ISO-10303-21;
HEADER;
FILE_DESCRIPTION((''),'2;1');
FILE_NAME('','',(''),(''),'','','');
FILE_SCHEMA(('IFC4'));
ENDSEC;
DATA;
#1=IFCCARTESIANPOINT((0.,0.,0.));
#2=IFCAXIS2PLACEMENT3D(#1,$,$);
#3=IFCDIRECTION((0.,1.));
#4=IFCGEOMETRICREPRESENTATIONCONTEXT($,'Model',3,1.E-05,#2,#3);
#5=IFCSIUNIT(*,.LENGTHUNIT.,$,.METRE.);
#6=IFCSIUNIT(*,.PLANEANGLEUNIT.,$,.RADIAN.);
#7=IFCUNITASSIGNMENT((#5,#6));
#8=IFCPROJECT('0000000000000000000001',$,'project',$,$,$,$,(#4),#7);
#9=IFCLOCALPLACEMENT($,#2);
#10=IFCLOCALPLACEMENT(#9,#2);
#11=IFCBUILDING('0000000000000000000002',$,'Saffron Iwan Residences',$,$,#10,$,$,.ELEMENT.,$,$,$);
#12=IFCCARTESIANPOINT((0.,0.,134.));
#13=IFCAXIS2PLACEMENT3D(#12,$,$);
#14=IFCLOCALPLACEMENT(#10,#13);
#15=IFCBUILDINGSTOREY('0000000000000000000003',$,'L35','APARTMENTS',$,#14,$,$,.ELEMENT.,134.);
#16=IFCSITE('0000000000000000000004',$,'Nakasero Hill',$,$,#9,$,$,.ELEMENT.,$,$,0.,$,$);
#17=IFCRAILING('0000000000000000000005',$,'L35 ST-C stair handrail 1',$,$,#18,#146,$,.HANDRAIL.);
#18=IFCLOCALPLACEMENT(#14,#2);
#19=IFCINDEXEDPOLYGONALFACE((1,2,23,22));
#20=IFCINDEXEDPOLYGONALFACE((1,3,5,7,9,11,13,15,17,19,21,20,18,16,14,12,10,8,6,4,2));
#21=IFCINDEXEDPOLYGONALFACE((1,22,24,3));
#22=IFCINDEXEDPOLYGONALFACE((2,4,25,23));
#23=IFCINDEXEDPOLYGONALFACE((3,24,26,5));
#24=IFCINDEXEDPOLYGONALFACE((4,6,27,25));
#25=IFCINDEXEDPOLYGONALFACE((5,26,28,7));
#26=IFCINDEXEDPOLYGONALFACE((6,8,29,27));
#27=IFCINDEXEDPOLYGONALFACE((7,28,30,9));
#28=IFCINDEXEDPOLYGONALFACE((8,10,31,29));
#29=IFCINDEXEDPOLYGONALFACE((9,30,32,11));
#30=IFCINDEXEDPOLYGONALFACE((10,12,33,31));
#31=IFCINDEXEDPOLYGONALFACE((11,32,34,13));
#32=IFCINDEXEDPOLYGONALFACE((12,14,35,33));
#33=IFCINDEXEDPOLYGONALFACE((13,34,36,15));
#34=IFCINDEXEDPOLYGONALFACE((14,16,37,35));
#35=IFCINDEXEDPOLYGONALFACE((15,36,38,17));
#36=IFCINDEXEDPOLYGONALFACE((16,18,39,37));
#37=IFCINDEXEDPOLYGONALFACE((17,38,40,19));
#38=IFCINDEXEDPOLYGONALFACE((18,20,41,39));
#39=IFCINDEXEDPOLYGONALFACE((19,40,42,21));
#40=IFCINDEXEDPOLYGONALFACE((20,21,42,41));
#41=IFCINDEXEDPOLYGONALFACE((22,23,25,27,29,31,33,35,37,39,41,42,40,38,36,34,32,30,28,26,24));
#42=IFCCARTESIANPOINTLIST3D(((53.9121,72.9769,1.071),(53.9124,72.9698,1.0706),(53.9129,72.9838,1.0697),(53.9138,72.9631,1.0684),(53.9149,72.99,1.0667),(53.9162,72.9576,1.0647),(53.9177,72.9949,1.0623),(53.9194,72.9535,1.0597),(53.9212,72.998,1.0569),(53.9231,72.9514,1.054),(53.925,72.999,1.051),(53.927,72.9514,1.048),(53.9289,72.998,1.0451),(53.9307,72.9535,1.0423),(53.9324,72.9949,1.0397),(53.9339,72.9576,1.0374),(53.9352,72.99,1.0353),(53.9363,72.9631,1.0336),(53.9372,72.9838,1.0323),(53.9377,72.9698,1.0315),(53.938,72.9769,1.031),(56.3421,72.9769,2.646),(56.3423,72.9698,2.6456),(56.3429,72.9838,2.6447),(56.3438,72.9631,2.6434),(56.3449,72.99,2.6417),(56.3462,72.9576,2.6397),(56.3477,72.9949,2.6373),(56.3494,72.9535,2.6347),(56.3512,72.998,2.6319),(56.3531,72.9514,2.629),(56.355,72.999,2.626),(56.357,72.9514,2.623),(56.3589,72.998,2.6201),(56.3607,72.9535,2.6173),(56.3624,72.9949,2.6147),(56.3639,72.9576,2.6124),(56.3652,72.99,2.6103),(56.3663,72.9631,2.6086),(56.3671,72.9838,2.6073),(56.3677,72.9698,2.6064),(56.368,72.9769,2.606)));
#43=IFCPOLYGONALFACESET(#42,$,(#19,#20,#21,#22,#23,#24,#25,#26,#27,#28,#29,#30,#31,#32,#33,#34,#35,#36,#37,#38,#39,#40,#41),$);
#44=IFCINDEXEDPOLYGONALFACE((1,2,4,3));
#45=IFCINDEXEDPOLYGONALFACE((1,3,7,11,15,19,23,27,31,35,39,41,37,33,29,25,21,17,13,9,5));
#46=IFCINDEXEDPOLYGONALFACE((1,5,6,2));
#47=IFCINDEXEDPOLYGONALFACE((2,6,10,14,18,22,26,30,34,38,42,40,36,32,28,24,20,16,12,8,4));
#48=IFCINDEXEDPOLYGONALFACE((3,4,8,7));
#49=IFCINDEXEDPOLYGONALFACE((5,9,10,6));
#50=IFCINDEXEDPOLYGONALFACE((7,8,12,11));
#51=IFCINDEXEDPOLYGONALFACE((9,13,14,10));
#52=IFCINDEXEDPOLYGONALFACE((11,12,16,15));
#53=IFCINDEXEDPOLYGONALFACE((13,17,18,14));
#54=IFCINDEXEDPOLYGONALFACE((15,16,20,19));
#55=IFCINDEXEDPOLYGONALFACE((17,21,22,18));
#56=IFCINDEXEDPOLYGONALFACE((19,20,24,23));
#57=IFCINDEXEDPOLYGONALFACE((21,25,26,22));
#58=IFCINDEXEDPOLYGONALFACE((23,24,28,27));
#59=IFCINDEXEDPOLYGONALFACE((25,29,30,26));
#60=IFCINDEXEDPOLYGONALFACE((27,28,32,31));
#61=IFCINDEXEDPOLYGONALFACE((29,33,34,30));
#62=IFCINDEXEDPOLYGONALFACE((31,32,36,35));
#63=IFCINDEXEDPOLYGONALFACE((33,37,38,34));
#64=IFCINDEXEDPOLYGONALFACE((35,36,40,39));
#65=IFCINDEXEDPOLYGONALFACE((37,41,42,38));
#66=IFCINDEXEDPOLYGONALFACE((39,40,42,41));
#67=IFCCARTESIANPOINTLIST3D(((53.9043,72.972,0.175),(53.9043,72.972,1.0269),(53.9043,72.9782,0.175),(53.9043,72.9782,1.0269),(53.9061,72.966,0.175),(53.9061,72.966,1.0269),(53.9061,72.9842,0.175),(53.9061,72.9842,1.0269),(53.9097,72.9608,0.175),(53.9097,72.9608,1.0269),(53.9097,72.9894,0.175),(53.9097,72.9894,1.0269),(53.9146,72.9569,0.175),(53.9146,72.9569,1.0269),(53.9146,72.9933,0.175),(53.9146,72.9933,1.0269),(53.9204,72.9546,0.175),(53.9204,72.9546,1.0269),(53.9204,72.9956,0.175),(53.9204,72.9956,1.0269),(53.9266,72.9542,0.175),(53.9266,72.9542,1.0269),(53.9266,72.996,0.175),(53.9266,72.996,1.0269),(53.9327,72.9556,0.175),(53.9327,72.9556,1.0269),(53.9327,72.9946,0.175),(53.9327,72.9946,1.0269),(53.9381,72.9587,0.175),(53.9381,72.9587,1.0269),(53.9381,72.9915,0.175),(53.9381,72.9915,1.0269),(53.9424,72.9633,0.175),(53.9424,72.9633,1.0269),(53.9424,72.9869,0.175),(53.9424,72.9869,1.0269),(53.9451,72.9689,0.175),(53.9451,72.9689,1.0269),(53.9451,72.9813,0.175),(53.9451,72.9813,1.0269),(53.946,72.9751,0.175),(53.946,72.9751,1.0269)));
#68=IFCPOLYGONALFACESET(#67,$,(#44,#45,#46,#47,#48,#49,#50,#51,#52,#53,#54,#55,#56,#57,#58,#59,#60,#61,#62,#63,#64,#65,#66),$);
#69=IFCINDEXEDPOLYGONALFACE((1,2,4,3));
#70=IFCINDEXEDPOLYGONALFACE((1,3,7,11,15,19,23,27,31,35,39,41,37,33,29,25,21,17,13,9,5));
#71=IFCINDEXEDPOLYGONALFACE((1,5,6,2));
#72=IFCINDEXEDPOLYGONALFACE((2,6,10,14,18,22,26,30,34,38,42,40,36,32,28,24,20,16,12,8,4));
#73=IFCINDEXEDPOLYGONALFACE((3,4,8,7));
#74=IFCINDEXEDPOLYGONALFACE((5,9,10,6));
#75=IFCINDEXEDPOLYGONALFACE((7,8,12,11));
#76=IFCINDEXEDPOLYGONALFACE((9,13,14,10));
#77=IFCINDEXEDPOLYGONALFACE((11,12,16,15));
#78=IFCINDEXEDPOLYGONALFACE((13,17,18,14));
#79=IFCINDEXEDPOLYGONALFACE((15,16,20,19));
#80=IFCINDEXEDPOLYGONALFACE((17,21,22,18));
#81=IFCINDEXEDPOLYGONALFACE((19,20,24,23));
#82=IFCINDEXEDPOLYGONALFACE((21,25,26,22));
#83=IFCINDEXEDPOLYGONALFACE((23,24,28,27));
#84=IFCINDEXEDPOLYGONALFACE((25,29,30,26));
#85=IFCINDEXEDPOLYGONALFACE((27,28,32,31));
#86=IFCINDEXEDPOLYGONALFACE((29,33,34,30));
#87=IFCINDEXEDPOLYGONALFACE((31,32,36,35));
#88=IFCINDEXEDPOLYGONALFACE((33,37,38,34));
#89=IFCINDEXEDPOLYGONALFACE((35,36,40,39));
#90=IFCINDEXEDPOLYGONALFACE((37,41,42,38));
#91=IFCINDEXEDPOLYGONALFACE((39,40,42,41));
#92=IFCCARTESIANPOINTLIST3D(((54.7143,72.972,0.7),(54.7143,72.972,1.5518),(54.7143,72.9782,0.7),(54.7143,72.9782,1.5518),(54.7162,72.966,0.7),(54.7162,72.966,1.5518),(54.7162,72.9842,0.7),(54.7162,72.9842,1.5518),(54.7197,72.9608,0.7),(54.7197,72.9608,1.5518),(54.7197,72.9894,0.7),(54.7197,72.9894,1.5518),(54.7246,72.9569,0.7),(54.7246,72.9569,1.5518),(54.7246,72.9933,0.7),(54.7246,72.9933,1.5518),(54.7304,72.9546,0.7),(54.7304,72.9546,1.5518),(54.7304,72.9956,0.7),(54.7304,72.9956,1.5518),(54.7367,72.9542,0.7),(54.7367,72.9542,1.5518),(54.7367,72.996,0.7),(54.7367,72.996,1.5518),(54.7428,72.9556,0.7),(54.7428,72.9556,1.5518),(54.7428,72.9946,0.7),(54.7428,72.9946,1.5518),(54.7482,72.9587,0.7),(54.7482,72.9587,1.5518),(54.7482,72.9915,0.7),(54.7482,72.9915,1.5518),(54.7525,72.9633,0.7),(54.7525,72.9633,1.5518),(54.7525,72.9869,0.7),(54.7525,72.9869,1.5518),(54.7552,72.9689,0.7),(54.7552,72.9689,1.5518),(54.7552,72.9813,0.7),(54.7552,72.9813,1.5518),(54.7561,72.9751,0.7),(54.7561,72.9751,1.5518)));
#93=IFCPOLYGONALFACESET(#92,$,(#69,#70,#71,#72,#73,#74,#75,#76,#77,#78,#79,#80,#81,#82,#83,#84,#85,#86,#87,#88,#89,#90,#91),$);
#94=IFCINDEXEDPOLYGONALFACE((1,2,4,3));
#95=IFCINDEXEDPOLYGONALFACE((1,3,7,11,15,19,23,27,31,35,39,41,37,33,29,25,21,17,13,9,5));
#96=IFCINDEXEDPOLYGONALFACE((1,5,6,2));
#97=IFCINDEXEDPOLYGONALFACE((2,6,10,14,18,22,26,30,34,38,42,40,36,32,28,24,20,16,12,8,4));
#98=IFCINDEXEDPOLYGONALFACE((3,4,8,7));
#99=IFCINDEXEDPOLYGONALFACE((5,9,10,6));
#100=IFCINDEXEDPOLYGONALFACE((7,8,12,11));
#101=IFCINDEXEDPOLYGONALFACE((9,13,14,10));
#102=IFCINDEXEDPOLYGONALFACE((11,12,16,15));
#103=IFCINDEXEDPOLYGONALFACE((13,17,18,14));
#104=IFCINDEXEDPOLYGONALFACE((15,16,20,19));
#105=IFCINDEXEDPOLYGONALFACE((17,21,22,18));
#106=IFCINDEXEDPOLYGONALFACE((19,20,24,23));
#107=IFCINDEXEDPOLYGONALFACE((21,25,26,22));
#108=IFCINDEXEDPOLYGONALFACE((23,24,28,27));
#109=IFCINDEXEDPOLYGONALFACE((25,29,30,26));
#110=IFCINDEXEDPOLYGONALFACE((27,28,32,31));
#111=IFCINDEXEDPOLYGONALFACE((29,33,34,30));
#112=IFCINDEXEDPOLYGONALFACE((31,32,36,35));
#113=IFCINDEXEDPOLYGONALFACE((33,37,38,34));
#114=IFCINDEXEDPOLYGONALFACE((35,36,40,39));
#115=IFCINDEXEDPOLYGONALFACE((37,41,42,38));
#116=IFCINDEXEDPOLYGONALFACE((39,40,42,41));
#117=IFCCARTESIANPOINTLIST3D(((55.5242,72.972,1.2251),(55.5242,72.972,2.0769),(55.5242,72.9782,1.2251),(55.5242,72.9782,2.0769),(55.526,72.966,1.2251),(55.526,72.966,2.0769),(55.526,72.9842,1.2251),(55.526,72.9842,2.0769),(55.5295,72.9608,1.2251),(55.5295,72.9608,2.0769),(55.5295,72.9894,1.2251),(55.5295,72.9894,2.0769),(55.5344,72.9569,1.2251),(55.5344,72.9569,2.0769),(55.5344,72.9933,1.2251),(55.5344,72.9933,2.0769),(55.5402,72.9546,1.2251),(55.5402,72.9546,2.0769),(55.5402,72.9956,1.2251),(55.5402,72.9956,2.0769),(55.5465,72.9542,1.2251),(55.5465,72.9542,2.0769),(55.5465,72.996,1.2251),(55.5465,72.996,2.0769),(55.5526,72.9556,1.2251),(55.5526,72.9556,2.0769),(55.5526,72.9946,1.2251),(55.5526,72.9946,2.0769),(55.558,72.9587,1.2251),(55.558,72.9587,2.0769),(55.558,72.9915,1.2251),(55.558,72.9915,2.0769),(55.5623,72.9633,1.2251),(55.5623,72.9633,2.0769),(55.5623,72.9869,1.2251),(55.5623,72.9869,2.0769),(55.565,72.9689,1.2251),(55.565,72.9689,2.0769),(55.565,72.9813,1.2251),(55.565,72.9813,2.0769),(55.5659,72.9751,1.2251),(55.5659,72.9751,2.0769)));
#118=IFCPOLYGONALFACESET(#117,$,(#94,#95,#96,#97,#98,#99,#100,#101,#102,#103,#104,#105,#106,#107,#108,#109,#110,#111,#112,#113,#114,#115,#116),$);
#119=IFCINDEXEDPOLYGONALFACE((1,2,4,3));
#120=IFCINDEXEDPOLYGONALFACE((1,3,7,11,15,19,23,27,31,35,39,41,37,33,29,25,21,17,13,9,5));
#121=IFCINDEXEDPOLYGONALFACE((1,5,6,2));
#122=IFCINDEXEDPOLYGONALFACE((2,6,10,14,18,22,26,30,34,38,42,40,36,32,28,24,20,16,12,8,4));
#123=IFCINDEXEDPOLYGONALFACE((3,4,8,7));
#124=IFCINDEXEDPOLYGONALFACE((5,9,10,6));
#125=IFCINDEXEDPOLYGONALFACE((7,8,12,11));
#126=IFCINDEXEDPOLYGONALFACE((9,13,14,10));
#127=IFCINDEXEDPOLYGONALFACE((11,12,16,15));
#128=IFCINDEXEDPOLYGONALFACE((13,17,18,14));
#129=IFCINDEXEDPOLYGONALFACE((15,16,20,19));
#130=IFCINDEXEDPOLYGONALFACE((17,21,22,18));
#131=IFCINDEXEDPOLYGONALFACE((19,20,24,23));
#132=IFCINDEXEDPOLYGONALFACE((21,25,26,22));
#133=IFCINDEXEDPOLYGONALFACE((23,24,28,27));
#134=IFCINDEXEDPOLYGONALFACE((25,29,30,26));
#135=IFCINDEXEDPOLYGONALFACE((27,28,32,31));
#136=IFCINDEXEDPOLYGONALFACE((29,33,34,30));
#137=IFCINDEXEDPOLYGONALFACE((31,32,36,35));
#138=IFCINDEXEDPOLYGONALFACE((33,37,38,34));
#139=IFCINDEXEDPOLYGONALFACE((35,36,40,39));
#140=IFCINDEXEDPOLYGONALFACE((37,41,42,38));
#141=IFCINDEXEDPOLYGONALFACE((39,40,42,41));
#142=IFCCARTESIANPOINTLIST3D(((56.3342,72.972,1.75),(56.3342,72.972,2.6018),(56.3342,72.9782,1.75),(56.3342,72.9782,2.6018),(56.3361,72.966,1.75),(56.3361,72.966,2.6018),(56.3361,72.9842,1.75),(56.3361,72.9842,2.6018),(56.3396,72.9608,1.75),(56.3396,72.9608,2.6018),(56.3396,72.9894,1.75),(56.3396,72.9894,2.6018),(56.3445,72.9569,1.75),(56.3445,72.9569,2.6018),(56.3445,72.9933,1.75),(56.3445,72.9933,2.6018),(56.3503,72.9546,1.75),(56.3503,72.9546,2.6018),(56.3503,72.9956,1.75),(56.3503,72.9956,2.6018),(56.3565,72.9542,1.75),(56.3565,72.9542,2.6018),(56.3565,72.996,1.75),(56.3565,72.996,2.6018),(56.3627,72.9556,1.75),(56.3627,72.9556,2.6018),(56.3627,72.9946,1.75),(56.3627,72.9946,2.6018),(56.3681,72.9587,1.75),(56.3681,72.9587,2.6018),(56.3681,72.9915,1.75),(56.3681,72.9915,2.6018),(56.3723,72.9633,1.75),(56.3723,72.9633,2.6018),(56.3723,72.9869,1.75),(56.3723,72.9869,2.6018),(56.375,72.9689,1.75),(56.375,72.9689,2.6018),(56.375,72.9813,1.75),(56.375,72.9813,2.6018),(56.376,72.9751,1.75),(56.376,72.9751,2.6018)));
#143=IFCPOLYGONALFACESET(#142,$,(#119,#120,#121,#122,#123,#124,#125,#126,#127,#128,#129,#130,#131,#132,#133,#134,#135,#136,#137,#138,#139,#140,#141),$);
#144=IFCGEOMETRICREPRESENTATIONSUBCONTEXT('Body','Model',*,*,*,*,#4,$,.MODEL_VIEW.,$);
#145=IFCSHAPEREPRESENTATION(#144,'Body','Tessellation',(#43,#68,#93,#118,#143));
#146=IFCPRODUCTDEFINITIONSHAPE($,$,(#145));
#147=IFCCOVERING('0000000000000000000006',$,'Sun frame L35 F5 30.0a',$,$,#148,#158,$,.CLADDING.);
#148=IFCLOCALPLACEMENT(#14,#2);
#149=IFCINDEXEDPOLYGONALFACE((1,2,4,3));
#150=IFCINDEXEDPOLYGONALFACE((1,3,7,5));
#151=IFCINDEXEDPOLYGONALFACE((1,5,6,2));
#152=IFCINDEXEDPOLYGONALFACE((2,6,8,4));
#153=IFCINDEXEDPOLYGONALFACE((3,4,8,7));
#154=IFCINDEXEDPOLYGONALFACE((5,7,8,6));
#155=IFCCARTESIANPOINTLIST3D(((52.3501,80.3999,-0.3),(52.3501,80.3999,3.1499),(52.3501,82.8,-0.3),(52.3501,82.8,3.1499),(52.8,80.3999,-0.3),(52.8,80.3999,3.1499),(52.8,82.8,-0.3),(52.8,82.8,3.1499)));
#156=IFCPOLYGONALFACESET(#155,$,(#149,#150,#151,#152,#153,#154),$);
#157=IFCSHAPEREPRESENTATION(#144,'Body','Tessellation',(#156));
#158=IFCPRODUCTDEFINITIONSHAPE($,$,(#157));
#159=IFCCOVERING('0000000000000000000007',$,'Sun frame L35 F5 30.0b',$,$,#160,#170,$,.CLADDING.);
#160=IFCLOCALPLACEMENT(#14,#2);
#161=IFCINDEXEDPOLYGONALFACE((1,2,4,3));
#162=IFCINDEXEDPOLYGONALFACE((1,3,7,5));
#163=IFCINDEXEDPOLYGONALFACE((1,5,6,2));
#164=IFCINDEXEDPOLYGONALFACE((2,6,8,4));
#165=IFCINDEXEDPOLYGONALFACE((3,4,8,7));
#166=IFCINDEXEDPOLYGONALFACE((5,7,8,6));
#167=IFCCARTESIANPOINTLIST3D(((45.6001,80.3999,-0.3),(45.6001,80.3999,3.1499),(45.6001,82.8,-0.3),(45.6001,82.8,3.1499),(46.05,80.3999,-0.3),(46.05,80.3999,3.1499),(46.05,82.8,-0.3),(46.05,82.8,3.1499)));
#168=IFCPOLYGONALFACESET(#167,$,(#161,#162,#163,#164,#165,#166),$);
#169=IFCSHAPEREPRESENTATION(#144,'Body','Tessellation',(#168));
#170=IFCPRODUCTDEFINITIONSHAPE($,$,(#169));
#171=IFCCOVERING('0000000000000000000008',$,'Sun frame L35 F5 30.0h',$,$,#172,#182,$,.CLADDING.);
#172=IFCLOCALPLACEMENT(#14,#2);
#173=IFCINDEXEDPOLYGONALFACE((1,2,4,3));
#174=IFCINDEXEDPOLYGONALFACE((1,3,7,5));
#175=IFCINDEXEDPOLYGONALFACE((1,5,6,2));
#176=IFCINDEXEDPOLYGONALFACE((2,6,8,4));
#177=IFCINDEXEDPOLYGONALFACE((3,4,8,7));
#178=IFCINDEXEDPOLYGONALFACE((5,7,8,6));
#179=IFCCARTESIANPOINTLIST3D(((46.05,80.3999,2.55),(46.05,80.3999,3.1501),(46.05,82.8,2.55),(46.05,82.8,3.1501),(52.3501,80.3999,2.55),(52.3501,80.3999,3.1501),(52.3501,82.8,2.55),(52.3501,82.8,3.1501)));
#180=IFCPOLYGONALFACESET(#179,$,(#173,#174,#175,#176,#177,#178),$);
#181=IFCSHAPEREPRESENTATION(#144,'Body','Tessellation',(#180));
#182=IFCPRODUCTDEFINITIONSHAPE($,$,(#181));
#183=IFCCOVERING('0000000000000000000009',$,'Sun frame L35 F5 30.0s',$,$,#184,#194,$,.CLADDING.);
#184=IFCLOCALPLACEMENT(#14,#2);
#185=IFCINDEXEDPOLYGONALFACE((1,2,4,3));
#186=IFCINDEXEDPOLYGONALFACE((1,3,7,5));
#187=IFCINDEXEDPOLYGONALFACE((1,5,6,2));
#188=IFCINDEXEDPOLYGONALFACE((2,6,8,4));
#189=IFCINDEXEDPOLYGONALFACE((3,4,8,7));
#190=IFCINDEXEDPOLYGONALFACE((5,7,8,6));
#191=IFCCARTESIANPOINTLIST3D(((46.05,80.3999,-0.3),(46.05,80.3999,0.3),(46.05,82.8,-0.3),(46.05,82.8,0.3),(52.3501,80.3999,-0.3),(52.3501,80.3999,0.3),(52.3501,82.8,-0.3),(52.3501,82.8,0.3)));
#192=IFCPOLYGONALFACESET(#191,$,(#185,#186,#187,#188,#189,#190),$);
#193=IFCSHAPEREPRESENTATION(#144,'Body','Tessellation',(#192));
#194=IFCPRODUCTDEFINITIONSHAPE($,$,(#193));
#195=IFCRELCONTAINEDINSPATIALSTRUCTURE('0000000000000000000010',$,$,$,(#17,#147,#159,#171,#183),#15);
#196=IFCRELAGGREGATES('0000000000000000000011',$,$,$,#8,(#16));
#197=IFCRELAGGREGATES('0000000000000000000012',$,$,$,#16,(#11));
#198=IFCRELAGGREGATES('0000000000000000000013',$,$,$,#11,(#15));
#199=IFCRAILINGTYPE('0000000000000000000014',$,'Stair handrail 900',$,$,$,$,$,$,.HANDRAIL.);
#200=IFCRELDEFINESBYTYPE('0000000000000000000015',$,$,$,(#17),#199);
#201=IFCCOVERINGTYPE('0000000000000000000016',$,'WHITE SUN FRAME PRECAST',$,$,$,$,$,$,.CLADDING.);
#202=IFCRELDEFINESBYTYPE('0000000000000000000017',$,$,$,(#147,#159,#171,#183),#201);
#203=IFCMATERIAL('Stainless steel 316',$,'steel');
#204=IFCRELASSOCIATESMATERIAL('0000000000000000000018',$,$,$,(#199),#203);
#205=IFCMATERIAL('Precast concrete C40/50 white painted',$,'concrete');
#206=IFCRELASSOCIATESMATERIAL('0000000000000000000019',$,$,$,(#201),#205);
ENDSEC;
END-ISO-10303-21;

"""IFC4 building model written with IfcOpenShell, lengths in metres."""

from ifc_helpers import new_model, si_unit, direction, frame, origin, origin_2d, place, context, subcontext, project, spatial, polyline, circle, outline, extrude, material, type_object, element, save


model = new_model("IFC4")

# Units and contexts
model_context = context("Model", 3, precision=1e-05, world=origin(), true_north=direction((0.0, 1.0)))
body_context = subcontext(model_context, "Body", "Model", "MODEL_VIEW")
ifc_project = project(units=[si_unit("LENGTHUNIT", "METRE"), si_unit("PLANEANGLEUNIT", "RADIAN")], contexts=[model_context])

# Site, building, storey
site_placement = place(None, origin())
site = spatial("IfcSite", under=ifc_project, at=site_placement, Name="Nakasero Hill", CompositionType="ELEMENT", RefElevation=0.0)
building_placement = place(site_placement, origin())
building = spatial("IfcBuilding", under=site, at=building_placement, Name="Saffron Iwan Residences", CompositionType="ELEMENT")
storey_placement = place(building_placement, frame((0.0, 0.0, 134.0)))
storey = spatial("IfcBuildingStorey", under=building, at=storey_placement, Name="L35", Description="APARTMENTS", CompositionType="ELEMENT", Elevation=134.0)

# Railing
ifc_material_1 = material(Name="Stainless steel 316", Category="steel")
railing_type_1 = type_object("IfcRailingType", Name="Stair handrail 900", PredefinedType="HANDRAIL", material=ifc_material_1)
railing_1_placement = place(storey_placement, frame((53.925, 72.9751, 0.175)))
element("IfcRailing", 1, at=railing_1_placement, inside=storey, type_object=railing_type_1, Name="L35 ST-C stair handrail 1", PredefinedType="HANDRAIL", context=body_context, shape_type="SweptSolid", body=[
    extrude(circle(Radius=0.0239, at=origin_2d()), frame((0.0, 0.0, 0.876), z_axis=(0.839154, 0.0, 0.543894), x_axis=(0.0, 1.0, 0.0)), (0.0, 0.0, 1.0), 2.8958),
    extrude(circle(Radius=0.021, at=origin_2d()), origin(), (0.0, 0.0, 1.0), 0.8518),
    extrude(circle(Radius=0.021, at=origin_2d()), frame((0.8101, 0.0, 0.5249)), (0.0, 0.0, 1.0), 0.8518),
    extrude(circle(Radius=0.021, at=origin_2d()), frame((1.6199, 0.0, 1.05)), (0.0, 0.0, 1.0), 0.8518),
    extrude(circle(Radius=0.021, at=origin_2d()), frame((2.4299, 0.0, 1.575)), (0.0, 0.0, 1.0), 0.8518),
])

# Coverings
ifc_material_2 = material(Name="Precast concrete C40/50 white painted", Category="concrete")
covering_type_1 = type_object("IfcCoveringType", Name="WHITE SUN FRAME PRECAST", PredefinedType="CLADDING", material=ifc_material_2)
for number, where, z_axis, x_axis, name in (
    (2, (52.8, 80.3999, -0.3), (0.0, 1.0, 0.0), (-1.0, 0.0, 0.0), "Sun frame L35 F5 30.0a"),
    (3, (46.05, 80.3999, -0.3), (0.0, 1.0, 0.0), (-1.0, 0.0, 0.0), "Sun frame L35 F5 30.0b"),
):
    element("IfcCovering", number, at=place(storey_placement, frame(where, z_axis=z_axis, x_axis=x_axis)), inside=storey, type_object=covering_type_1, Name=name, PredefinedType="CLADDING", context=body_context, shape_type="SweptSolid", body=[
        extrude(outline(polyline([(0.0, 0.0), (0.45, 0.0), (0.45, 3.45), (0.0, 3.45), (0.0, 0.0)])), origin(), (0.0, 0.0, 1.0), 2.4001),
    ])
for number, where, z_axis, x_axis, name in (
    (4, (52.3501, 80.3999, 2.55), (0.0, 1.0, 0.0), (-1.0, 0.0, 0.0), "Sun frame L35 F5 30.0h"),
    (5, (52.3501, 80.3999, -0.3), (0.0, 1.0, 0.0), (-1.0, 0.0, 0.0), "Sun frame L35 F5 30.0s"),
):
    element("IfcCovering", number, at=place(storey_placement, frame(where, z_axis=z_axis, x_axis=x_axis)), inside=storey, type_object=covering_type_1, Name=name, PredefinedType="CLADDING", context=body_context, shape_type="SweptSolid", body=[
        extrude(outline(polyline([(0.0, 0.0), (6.3, 0.0), (6.3, 0.6001), (0.0, 0.6001), (0.0, 0.0)])), origin(), (0.0, 0.0, 1.0), 2.4001),
    ])

save(model, "model.ifc")
